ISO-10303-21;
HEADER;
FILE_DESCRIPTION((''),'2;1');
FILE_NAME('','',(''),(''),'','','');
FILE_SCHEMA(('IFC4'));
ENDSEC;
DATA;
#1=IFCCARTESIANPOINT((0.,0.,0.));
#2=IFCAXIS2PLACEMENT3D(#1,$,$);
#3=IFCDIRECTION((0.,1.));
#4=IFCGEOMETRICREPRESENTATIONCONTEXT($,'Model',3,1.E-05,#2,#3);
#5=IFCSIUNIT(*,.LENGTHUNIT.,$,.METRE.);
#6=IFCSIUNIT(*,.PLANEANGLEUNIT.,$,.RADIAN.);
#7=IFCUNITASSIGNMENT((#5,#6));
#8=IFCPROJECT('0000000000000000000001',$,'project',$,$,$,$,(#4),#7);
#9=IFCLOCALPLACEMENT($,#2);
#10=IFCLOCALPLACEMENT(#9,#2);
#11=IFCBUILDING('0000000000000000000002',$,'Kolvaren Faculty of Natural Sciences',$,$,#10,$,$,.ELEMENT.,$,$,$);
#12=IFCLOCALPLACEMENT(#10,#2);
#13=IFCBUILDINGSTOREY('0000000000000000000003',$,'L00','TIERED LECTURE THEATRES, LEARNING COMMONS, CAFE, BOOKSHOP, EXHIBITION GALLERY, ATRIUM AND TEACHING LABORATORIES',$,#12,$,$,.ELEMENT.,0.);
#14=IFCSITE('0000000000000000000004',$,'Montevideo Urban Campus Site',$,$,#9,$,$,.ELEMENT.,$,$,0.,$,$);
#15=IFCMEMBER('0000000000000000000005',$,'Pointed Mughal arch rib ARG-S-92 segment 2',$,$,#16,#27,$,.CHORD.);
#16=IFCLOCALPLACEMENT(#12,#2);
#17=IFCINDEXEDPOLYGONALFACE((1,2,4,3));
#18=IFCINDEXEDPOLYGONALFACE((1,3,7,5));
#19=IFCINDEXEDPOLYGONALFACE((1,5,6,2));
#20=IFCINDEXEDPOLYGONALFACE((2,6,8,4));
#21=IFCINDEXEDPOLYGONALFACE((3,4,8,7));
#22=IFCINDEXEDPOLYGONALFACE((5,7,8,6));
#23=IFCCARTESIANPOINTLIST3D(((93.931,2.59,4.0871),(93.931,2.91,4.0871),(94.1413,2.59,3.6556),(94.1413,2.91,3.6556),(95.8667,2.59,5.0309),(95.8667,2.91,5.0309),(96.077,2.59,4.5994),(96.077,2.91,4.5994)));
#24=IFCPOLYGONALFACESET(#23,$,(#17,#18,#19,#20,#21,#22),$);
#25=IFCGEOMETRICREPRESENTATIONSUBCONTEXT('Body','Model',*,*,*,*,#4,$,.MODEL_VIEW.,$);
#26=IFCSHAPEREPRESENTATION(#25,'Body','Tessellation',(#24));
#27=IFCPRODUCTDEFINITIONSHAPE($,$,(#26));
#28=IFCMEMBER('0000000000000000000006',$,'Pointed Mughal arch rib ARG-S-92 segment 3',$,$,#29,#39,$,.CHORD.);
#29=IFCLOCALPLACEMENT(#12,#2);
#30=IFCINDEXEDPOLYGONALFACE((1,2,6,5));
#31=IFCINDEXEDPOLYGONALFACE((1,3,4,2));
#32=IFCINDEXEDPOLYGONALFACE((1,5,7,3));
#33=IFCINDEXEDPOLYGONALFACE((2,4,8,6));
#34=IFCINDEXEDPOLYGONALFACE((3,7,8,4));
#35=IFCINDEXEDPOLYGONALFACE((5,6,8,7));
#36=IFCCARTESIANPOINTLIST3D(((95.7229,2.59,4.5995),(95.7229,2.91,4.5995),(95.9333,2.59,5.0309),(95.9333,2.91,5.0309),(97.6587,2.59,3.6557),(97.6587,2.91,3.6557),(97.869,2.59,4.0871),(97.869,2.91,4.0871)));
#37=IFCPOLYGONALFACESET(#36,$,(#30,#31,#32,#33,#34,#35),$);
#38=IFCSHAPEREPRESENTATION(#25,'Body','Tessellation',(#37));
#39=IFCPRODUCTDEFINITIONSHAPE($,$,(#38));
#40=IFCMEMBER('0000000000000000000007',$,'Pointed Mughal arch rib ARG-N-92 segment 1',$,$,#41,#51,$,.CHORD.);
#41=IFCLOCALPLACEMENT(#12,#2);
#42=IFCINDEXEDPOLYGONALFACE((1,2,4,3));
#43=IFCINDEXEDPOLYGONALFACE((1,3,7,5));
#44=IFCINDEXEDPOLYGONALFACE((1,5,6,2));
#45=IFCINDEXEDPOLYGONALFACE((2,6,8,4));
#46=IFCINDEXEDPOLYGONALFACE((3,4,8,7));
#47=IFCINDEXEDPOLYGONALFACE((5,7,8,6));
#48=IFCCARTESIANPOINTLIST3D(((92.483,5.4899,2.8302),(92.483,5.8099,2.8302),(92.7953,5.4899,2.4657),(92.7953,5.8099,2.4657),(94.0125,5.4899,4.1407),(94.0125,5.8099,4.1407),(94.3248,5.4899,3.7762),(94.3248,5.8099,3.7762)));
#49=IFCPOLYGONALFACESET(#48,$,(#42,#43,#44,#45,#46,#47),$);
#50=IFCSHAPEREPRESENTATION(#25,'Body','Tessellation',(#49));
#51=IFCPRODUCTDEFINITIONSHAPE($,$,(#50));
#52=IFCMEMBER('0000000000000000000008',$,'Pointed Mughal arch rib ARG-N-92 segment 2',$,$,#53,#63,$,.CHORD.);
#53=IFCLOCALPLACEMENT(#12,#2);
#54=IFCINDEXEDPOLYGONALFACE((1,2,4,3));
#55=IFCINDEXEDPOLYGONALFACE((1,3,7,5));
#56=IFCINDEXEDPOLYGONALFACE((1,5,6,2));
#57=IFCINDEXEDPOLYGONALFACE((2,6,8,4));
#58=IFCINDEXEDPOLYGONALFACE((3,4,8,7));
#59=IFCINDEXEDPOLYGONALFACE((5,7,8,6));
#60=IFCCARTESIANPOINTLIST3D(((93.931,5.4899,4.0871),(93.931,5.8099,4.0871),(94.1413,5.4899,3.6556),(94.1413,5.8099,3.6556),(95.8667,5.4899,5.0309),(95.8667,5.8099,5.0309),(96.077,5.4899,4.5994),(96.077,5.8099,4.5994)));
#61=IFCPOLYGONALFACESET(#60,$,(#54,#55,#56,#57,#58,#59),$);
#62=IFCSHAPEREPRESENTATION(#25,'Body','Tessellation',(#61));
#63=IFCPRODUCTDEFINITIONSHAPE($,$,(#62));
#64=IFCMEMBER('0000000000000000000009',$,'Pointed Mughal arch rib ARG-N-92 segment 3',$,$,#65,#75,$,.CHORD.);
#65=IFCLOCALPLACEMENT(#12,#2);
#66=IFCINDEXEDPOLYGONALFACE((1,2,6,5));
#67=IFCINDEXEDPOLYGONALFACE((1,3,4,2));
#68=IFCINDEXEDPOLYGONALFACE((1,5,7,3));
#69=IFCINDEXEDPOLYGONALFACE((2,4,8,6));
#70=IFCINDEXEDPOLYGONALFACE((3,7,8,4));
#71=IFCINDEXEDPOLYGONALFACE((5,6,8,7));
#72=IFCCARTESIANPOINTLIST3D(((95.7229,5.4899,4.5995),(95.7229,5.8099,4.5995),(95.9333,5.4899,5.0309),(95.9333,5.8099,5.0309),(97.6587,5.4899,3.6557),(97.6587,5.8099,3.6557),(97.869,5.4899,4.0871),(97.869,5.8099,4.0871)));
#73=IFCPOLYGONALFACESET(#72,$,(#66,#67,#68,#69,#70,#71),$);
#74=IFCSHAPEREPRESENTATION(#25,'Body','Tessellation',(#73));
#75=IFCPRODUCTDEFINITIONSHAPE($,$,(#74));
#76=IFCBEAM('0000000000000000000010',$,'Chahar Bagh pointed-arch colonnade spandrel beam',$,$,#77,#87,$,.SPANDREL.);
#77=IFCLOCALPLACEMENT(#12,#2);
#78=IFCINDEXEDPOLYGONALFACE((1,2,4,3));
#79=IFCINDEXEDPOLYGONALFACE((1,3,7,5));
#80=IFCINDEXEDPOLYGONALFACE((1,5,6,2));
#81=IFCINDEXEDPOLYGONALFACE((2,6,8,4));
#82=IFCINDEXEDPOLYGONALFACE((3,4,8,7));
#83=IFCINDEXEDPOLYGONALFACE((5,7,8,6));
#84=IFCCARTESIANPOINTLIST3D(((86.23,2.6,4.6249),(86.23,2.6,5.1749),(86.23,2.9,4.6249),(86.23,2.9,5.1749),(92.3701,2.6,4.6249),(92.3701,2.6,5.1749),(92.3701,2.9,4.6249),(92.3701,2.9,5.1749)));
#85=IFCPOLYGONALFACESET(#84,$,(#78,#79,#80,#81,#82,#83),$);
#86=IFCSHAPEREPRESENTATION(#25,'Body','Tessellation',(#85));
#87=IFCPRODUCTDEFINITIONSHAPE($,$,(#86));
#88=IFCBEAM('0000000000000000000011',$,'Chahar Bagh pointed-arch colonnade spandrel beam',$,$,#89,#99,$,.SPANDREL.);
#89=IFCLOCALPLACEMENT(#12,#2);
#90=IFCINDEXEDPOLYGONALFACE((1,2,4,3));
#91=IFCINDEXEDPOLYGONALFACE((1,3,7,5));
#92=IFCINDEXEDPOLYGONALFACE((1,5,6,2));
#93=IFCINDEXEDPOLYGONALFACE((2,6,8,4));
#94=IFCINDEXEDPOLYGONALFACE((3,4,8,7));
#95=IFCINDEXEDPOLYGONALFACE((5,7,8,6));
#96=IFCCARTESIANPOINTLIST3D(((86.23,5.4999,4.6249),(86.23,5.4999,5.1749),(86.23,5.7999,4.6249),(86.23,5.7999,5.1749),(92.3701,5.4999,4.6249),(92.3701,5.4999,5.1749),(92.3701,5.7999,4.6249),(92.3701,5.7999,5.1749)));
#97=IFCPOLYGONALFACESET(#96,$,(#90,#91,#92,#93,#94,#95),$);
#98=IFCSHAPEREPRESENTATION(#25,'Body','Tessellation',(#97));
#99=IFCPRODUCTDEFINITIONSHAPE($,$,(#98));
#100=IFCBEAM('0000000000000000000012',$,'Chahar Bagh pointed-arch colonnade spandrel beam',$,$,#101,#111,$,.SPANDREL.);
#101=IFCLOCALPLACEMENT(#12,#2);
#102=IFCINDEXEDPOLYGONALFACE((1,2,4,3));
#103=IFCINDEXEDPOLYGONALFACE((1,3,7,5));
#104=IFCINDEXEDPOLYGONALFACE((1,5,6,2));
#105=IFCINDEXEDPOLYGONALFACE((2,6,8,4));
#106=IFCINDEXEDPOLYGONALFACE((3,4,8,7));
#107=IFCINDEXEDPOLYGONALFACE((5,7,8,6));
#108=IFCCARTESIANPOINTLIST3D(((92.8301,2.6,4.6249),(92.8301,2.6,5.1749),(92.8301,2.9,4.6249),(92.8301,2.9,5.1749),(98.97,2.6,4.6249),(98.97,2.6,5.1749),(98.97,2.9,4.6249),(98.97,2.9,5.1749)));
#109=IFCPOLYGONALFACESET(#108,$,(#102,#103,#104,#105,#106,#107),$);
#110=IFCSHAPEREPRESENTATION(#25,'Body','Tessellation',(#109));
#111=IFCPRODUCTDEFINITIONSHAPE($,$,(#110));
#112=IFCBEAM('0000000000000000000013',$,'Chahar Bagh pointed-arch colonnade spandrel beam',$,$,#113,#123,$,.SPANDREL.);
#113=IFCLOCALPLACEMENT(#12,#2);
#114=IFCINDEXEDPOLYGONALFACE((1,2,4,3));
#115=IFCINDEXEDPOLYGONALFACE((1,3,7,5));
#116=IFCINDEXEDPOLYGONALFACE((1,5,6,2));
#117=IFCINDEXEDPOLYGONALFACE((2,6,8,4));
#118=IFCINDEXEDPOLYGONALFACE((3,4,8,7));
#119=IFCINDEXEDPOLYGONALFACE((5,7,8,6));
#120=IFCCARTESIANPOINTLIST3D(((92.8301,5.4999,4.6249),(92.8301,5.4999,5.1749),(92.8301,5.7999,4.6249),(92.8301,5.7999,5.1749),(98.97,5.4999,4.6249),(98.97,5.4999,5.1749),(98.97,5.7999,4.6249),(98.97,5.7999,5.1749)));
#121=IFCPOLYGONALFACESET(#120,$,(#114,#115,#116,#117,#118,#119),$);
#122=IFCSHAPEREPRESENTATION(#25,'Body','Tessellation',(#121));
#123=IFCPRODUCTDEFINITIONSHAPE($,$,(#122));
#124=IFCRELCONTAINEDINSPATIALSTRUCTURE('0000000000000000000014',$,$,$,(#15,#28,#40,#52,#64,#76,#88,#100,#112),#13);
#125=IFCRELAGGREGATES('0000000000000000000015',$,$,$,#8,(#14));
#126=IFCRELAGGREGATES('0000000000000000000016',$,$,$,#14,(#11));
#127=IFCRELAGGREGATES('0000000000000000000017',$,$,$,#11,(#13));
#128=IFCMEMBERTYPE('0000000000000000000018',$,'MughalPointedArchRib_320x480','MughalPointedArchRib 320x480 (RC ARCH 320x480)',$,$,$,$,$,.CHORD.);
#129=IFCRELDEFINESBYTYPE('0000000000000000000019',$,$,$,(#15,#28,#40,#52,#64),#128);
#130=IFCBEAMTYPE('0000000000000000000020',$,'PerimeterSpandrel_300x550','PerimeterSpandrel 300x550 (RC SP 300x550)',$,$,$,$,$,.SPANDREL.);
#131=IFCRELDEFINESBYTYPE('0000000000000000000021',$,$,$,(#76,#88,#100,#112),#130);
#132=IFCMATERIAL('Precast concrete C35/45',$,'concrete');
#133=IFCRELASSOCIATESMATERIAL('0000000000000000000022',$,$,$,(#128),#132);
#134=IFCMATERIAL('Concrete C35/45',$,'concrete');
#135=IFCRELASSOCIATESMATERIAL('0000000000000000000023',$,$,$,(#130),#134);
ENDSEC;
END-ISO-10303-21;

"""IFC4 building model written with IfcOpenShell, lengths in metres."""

from ifc_helpers import new_model, si_unit, direction, frame, origin, origin_2d, place, context, subcontext, project, spatial, rectangle, extrude, material, material_profile, profile_set, type_object, element, save


model = new_model("IFC4")

# Units and contexts
model_context = context("Model", 3, precision=1e-05, world=origin(), true_north=direction((0.0, 1.0)))
body_context = subcontext(model_context, "Body", "Model", "MODEL_VIEW")
ifc_project = project(units=[si_unit("LENGTHUNIT", "METRE"), si_unit("PLANEANGLEUNIT", "RADIAN")], contexts=[model_context])

# Site, building, storey
site_placement = place(None, origin())
site = spatial("IfcSite", under=ifc_project, at=site_placement, Name="Montevideo Urban Campus Site", CompositionType="ELEMENT", RefElevation=0.0)
building_placement = place(site_placement, origin())
building = spatial("IfcBuilding", under=site, at=building_placement, Name="Kolvaren Faculty of Natural Sciences", CompositionType="ELEMENT")
storey_placement = place(building_placement, origin())
storey = spatial("IfcBuildingStorey", under=building, at=storey_placement, Name="L00", Description="TIERED LECTURE THEATRES, LEARNING COMMONS, CAFE, BOOKSHOP, EXHIBITION GALLERY, ATRIUM AND TEACHING LABORATORIES", CompositionType="ELEMENT", Elevation=0.0)

# Shared definitions
ifc_material_1 = material(Name="Concrete C35/45", Category="concrete")

# Members
ifc_material_2 = material(Name="Precast concrete C35/45", Category="concrete")
ifc_material_profile_1 = material_profile(ifc_material_2, rectangle(XDim=0.3201, YDim=0.48, at=origin_2d()), Name="RC ARCH 320x480")
ifc_profile_set_1 = profile_set([ifc_material_profile_1], Name="Precast concrete C35/45")
member_type = type_object("IfcMemberType", Name="MughalPointedArchRib_320x480", Description="MughalPointedArchRib 320x480 (RC ARCH 320x480)", PredefinedType="CHORD", material=ifc_profile_set_1)
for number, where, z_axis, x_axis, name in (
    (1, (94.0361, 2.75, 3.8713), (0.898849, 0.0, 0.438258), (0.0, 1.0, 0.0), "Pointed Mughal arch rib ARG-S-92 segment 2"),
    (2, (95.8281, 2.75, 4.8152), (0.898849, 0.0, -0.438258), (0.0, 1.0, 0.0), "Pointed Mughal arch rib ARG-S-92 segment 3"),
):
    element("IfcMember", number, at=place(storey_placement, frame(where, z_axis=z_axis, x_axis=x_axis)), inside=storey, type_object=member_type, Name=name, PredefinedType="CHORD", context=body_context, shape_type="SweptSolid", body=[
        extrude(rectangle(XDim=0.3201, YDim=0.48, at=origin_2d()), origin(), (0.0, 0.0, 1.0), 2.1536),
    ])
member_1_placement = place(storey_placement, frame((92.6392, 5.6499, 2.6479), z_axis=(0.759376, 0.0, 0.650652), x_axis=(0.0, 1.0, 0.0)))
element("IfcMember", 3, at=member_1_placement, inside=storey, type_object=member_type, Name="Pointed Mughal arch rib ARG-N-92 segment 1", PredefinedType="CHORD", context=body_context, shape_type="SweptSolid", body=[
    extrude(rectangle(XDim=0.3201, YDim=0.48, at=origin_2d()), origin(), (0.0, 0.0, 1.0), 2.0142),
])
for number, where, z_axis, x_axis, name in (
    (4, (94.0361, 5.6499, 3.8713), (0.898849, 0.0, 0.438258), (0.0, 1.0, 0.0), "Pointed Mughal arch rib ARG-N-92 segment 2"),
    (5, (95.8281, 5.6499, 4.8152), (0.898849, 0.0, -0.438258), (0.0, 1.0, 0.0), "Pointed Mughal arch rib ARG-N-92 segment 3"),
):
    element("IfcMember", number, at=place(storey_placement, frame(where, z_axis=z_axis, x_axis=x_axis)), inside=storey, type_object=member_type, Name=name, PredefinedType="CHORD", context=body_context, shape_type="SweptSolid", body=[
        extrude(rectangle(XDim=0.3201, YDim=0.48, at=origin_2d()), origin(), (0.0, 0.0, 1.0), 2.1536),
    ])

# Beams
ifc_material_profile_2 = material_profile(ifc_material_1, rectangle(XDim=0.3, YDim=0.55, at=origin_2d()), Name="RC SP 300x550")
ifc_profile_set_2 = profile_set([ifc_material_profile_2], Name="Concrete C35/45")
beam_type = type_object("IfcBeamType", Name="PerimeterSpandrel_300x550", Description="PerimeterSpandrel 300x550 (RC SP 300x550)", PredefinedType="SPANDREL", material=ifc_profile_set_2)
for number, where, z_axis, x_axis, name in (
    (6, (86.23, 2.75, 4.8999), (1.0, 0.0, 0.0), (0.0, 1.0, 0.0), "Chahar Bagh pointed-arch colonnade spandrel beam"),
    (7, (86.23, 5.6499, 4.8999), (1.0, 0.0, 0.0), (0.0, 1.0, 0.0), "Chahar Bagh pointed-arch colonnade spandrel beam"),
):
    element("IfcBeam", number, at=place(storey_placement, frame(where, z_axis=z_axis, x_axis=x_axis)), inside=storey, type_object=beam_type, Name=name, PredefinedType="SPANDREL", context=body_context, shape_type="SweptSolid", body=[
        extrude(rectangle(XDim=0.3, YDim=0.55, at=origin_2d()), origin(), (0.0, 0.0, 1.0), 6.1401),
    ])
for number, where, z_axis, x_axis, name in (
    (8, (92.8301, 2.75, 4.8999), (1.0, 0.0, 0.0), (0.0, 1.0, 0.0), "Chahar Bagh pointed-arch colonnade spandrel beam"),
    (9, (92.8301, 5.6499, 4.8999), (1.0, 0.0, 0.0), (0.0, 1.0, 0.0), "Chahar Bagh pointed-arch colonnade spandrel beam"),
):
    element("IfcBeam", number, at=place(storey_placement, frame(where, z_axis=z_axis, x_axis=x_axis)), inside=storey, type_object=beam_type, Name=name, PredefinedType="SPANDREL", context=body_context, shape_type="SweptSolid", body=[
        extrude(rectangle(XDim=0.3, YDim=0.55, at=origin_2d()), origin(), (0.0, 0.0, 1.0), 6.1399),
    ])

save(model, "model.ifc")
